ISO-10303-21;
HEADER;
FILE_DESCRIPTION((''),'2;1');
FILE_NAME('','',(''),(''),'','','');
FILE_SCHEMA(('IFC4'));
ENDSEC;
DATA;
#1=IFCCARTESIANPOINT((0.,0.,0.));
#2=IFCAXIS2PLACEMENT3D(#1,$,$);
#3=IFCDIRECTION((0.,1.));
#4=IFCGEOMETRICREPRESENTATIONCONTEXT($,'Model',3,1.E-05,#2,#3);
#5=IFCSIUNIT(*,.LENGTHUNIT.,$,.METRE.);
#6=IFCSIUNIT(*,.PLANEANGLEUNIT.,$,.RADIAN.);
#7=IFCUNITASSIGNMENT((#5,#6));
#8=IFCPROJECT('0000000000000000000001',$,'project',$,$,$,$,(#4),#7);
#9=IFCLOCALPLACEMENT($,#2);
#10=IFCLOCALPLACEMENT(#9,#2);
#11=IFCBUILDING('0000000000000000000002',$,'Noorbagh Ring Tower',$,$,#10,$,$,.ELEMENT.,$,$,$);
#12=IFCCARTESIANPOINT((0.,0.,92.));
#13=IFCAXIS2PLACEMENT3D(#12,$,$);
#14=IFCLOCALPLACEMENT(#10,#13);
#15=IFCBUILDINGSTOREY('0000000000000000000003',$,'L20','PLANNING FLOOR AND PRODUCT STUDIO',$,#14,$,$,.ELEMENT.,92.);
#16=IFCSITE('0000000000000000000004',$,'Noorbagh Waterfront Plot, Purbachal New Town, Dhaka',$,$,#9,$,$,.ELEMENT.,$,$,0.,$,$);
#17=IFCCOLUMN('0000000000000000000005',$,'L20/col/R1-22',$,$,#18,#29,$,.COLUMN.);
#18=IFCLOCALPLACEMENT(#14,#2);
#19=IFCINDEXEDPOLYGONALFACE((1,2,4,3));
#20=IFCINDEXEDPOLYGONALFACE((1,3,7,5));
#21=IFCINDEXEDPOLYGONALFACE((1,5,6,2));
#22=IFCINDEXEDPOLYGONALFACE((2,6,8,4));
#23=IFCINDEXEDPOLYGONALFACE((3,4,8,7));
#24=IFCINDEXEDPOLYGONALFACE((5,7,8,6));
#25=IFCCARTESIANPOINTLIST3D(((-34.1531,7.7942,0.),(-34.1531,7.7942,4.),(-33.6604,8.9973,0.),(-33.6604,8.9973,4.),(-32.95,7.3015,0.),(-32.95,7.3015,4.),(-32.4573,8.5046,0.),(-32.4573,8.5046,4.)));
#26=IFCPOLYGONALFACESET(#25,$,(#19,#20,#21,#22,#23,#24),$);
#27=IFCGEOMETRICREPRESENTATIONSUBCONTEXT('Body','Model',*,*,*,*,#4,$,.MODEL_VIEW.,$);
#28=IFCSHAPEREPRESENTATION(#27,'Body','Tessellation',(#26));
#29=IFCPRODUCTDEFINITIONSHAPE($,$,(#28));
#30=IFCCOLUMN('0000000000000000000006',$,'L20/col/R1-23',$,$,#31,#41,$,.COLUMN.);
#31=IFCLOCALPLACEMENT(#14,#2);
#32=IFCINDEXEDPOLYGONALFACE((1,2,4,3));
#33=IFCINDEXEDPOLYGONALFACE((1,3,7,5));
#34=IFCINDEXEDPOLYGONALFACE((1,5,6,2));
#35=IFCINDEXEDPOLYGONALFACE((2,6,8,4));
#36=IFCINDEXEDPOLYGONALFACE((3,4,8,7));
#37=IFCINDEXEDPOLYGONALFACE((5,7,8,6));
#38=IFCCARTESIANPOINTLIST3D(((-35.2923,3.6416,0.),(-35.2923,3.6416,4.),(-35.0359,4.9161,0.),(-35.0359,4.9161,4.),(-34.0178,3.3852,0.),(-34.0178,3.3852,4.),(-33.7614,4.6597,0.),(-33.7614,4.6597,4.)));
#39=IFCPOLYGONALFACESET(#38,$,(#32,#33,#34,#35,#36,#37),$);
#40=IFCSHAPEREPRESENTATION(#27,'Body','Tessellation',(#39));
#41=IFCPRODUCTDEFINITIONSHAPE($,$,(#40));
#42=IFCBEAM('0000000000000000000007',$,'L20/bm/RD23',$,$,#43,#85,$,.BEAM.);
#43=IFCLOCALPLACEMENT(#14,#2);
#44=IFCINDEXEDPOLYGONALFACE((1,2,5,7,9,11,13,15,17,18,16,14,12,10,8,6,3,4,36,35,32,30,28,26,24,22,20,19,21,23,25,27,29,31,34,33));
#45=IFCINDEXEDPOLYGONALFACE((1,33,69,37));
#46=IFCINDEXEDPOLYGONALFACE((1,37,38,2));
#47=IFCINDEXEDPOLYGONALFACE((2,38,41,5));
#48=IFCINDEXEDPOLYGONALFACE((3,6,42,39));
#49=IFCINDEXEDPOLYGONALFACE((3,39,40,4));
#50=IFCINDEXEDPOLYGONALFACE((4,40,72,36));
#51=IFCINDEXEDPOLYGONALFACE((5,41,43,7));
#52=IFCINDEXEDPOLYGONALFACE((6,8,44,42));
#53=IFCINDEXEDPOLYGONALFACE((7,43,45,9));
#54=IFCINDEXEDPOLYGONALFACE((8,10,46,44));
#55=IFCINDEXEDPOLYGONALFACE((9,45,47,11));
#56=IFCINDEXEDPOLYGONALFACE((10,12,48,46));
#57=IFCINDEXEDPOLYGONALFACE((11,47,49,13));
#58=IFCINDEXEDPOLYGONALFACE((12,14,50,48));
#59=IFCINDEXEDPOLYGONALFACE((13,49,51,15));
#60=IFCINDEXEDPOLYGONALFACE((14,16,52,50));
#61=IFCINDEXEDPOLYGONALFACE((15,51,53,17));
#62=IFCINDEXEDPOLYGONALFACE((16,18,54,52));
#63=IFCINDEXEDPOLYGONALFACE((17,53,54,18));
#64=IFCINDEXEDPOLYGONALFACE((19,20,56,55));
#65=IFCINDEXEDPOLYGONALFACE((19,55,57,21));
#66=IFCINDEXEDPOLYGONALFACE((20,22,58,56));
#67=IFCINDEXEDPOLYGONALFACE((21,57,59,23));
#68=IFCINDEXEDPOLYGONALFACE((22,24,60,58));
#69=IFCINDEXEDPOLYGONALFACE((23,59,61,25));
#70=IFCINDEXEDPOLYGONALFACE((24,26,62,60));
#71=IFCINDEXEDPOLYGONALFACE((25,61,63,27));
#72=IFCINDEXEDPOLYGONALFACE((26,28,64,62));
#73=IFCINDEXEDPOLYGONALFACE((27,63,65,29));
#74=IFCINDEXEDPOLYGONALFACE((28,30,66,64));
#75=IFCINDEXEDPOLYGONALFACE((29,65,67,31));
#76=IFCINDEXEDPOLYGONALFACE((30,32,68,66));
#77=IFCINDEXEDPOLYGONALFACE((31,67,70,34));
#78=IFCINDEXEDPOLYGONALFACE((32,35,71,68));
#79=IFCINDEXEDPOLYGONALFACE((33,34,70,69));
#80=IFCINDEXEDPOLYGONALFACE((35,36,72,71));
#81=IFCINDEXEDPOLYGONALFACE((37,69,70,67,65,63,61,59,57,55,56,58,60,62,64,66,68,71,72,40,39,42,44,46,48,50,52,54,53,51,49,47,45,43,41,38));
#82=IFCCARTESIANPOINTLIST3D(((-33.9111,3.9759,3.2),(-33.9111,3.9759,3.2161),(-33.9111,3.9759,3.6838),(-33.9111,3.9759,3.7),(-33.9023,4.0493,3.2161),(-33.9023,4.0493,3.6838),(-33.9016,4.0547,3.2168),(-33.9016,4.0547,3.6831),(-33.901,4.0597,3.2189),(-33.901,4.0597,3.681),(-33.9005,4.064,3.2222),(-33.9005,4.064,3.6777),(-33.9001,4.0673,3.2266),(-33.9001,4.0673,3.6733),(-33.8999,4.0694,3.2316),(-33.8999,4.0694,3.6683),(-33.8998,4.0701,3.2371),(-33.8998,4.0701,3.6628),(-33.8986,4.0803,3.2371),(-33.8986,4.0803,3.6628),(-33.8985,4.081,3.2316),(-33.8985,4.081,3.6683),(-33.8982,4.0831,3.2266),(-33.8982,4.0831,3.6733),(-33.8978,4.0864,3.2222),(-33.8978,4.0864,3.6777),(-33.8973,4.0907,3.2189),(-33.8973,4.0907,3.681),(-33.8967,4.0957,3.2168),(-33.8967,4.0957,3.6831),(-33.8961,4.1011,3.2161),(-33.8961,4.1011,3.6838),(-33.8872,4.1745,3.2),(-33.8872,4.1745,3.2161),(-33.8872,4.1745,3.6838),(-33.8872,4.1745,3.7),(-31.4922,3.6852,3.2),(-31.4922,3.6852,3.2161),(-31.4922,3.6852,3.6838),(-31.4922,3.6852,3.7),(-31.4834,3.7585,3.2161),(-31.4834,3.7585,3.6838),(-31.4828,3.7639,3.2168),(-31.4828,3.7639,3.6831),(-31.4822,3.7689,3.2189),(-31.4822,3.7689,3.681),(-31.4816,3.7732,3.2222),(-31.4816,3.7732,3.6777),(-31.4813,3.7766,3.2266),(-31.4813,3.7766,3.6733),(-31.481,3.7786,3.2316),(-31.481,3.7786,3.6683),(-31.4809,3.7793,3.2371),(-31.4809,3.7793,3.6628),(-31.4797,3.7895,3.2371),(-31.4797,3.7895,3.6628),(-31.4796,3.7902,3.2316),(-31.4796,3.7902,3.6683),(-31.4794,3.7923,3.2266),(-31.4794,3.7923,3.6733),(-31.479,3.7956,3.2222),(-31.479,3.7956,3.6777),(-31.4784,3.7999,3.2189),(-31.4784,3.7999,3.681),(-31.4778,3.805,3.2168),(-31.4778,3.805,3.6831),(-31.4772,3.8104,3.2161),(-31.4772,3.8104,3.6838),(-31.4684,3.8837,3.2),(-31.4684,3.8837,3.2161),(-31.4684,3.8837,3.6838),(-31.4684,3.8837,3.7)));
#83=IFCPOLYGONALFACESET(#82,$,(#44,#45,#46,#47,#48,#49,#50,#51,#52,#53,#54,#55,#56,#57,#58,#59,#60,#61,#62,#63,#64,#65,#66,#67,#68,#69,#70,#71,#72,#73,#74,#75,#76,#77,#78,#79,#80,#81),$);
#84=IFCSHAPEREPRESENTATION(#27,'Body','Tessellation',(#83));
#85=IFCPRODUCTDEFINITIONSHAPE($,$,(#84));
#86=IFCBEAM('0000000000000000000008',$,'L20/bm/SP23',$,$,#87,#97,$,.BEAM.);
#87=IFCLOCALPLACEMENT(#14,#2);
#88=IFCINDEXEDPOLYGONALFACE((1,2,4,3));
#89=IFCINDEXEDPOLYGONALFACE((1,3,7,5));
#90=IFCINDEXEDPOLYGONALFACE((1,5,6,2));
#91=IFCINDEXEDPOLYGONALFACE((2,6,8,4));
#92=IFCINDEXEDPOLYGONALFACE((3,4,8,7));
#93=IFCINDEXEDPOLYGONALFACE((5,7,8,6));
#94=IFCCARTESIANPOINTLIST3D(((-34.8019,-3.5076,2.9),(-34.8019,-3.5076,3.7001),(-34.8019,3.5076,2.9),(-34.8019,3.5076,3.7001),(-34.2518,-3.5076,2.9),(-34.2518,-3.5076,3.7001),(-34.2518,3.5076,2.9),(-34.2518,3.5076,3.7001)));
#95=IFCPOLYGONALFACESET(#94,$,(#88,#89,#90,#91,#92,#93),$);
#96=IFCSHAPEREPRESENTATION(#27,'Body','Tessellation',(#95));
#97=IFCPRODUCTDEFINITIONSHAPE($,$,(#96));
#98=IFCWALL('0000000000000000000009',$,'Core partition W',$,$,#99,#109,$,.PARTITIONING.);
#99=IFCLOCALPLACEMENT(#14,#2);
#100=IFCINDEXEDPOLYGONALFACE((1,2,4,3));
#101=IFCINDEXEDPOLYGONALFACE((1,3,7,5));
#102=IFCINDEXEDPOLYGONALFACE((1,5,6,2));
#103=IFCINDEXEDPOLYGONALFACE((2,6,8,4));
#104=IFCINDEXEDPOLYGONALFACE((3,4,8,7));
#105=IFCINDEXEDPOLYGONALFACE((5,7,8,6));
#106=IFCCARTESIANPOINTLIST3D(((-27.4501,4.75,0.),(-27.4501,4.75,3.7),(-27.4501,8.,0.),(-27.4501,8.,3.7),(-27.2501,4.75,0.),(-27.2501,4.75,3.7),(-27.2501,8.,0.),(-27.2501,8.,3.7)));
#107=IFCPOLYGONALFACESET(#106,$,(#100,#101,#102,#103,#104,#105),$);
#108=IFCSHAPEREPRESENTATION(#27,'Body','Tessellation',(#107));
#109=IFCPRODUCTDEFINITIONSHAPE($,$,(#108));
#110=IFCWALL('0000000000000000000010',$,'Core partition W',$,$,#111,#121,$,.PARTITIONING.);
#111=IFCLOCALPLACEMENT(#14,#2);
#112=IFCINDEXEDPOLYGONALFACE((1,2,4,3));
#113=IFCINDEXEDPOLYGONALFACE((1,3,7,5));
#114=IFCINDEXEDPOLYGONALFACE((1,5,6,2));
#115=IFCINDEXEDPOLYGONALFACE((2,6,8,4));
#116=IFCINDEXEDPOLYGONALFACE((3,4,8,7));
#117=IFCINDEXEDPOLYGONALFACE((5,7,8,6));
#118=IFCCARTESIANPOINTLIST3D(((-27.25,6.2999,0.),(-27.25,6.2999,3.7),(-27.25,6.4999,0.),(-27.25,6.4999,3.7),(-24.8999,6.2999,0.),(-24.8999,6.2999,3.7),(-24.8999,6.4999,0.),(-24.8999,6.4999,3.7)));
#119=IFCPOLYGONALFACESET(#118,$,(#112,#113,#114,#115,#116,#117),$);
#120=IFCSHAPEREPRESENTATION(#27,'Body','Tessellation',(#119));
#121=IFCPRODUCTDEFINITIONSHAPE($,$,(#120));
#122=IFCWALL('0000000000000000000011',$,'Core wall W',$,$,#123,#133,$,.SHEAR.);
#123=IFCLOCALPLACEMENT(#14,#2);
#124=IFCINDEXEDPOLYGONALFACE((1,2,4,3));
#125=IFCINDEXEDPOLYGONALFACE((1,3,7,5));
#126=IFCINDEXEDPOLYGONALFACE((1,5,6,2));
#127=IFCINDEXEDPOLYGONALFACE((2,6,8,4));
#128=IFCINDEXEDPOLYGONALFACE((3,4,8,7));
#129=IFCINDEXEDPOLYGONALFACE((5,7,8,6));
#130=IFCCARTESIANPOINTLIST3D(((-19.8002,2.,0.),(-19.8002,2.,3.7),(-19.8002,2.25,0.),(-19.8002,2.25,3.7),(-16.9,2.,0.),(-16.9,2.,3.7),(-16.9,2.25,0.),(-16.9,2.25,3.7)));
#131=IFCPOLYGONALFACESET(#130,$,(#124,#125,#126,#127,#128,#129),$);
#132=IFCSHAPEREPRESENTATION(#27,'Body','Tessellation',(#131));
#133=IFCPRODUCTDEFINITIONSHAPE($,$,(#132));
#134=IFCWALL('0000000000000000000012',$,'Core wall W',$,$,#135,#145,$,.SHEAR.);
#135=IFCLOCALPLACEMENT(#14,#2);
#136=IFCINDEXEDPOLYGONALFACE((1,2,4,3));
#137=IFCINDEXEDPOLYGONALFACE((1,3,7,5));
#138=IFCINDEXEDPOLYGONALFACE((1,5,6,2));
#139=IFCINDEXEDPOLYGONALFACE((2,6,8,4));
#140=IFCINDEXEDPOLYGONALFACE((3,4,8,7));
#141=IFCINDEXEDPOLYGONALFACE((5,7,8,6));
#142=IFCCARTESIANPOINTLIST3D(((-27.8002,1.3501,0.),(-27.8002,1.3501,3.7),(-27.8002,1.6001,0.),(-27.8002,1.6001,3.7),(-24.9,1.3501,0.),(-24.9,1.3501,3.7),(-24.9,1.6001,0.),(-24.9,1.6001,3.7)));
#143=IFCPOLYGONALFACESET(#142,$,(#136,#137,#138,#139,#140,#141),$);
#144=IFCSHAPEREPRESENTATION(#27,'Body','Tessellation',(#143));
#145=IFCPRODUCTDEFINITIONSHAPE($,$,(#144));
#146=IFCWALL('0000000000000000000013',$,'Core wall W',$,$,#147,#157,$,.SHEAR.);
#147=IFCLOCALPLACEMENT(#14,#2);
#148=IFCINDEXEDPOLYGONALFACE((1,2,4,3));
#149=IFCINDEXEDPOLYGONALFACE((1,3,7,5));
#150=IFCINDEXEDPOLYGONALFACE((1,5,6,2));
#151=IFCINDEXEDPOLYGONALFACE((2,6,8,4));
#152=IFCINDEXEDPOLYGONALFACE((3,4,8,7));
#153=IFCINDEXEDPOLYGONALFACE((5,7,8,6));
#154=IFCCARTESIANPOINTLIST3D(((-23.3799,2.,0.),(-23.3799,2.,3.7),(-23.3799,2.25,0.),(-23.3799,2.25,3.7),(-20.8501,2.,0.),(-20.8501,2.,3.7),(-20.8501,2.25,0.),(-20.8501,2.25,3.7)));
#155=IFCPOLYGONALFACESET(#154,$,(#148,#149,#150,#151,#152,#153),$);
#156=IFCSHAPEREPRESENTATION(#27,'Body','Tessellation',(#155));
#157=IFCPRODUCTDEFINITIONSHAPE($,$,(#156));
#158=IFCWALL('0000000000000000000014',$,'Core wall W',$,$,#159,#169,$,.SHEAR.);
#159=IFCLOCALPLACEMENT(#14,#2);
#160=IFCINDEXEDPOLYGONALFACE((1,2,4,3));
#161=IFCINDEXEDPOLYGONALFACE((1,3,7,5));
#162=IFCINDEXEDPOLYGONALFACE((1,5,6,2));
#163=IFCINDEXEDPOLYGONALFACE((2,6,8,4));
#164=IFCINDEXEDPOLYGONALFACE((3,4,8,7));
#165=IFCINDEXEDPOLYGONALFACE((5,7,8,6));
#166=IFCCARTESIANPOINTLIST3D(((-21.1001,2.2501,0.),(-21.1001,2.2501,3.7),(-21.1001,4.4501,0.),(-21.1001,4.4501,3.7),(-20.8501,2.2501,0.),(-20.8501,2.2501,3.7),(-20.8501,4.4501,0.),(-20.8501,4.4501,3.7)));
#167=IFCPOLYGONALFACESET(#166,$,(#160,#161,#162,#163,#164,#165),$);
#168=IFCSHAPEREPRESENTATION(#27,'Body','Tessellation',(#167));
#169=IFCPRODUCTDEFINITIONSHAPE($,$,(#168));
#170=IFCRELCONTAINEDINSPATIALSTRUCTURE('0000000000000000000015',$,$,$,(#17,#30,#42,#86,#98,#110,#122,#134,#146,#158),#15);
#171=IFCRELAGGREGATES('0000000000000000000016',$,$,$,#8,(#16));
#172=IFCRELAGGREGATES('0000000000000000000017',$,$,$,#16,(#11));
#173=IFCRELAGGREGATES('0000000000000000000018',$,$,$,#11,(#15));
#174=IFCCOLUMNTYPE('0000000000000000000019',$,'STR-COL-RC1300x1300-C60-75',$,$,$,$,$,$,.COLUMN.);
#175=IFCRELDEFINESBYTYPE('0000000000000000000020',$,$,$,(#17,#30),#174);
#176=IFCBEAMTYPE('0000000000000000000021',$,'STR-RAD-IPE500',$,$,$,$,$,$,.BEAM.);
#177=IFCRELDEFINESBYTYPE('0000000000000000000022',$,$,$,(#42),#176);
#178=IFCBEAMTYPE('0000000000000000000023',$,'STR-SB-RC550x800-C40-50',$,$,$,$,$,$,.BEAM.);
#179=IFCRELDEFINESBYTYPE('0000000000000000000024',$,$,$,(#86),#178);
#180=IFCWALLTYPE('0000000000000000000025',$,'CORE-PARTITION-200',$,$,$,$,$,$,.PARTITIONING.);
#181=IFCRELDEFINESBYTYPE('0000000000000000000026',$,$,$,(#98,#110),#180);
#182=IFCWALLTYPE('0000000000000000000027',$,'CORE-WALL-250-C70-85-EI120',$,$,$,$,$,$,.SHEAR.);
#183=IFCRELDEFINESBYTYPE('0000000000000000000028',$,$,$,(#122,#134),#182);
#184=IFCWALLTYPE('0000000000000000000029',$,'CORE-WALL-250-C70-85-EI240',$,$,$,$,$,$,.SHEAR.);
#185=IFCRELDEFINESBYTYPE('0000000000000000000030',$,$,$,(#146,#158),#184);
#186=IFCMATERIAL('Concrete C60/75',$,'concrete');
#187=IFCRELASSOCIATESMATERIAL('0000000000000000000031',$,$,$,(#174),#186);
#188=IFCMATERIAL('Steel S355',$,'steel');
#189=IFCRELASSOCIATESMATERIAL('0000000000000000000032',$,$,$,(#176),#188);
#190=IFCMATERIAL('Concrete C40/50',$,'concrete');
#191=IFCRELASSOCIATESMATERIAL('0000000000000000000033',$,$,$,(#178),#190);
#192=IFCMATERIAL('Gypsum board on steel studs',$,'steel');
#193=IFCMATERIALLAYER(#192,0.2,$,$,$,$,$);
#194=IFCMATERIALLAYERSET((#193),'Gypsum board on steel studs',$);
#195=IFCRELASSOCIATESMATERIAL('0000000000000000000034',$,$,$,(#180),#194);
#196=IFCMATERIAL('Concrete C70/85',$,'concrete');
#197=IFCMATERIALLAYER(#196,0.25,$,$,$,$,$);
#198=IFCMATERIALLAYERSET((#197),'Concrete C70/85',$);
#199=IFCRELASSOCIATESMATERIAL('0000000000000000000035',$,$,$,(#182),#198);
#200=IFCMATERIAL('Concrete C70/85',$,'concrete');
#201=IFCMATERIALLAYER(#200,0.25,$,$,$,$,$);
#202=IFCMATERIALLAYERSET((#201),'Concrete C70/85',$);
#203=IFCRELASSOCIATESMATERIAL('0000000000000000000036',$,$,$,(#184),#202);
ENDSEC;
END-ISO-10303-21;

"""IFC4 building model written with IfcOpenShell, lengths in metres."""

from ifc_helpers import new_model, si_unit, direction, frame, frame_2d, origin, origin_2d, place, context, subcontext, project, spatial, rectangle, i_section, extrude, material, layer, layer_set, material_profile, profile_set, type_object, element, save


model = new_model("IFC4")

# Units and contexts
model_context = context("Model", 3, precision=1e-05, world=origin(), true_north=direction((0.0, 1.0)))
body_context = subcontext(model_context, "Body", "Model", "MODEL_VIEW")
ifc_project = project(units=[si_unit("LENGTHUNIT", "METRE"), si_unit("PLANEANGLEUNIT", "RADIAN")], contexts=[model_context])

# Site, building, storey
site_placement = place(None, origin())
site = spatial("IfcSite", under=ifc_project, at=site_placement, Name="Noorbagh Waterfront Plot, Purbachal New Town, Dhaka", CompositionType="ELEMENT", RefElevation=0.0)
building_placement = place(site_placement, origin())
building = spatial("IfcBuilding", under=site, at=building_placement, Name="Noorbagh Ring Tower", CompositionType="ELEMENT")
storey_placement = place(building_placement, frame((0.0, 0.0, 92.0)))
storey = spatial("IfcBuildingStorey", under=building, at=storey_placement, Name="L20", Description="PLANNING FLOOR AND PRODUCT STUDIO", CompositionType="ELEMENT", Elevation=92.0)

# Columns
ifc_material_1 = material(Name="Concrete C60/75", Category="concrete")
ifc_material_profile_1 = material_profile(ifc_material_1, rectangle(XDim=1.3, YDim=1.3, at=origin_2d()), Name="RC1300x1300")
ifc_profile_set_1 = profile_set([ifc_material_profile_1], Name="Concrete C60/75")
column_type = type_object("IfcColumnType", Name="STR-COL-RC1300x1300-C60-75", PredefinedType="COLUMN", material=ifc_profile_set_1)
for number, where, z_axis, x_axis, name in (
    (1, (-33.3052, 8.1494, 0.0), (0.0, 0.0, 1.0), (-0.378989, -0.925401, 0.0), "L20/col/R1-22"),
    (2, (-34.5269, 4.1506, 0.0), (0.0, 0.0, 1.0), (-0.19723, -0.980357, 0.0), "L20/col/R1-23"),
):
    element("IfcColumn", number, at=place(storey_placement, frame(where, z_axis=z_axis, x_axis=x_axis)), inside=storey, type_object=column_type, Name=name, PredefinedType="COLUMN", context=body_context, shape_type="SweptSolid", body=[
        extrude(rectangle(XDim=1.3, YDim=1.3, at=origin_2d()), origin(), (0.0, 0.0, 1.0), 4.0),
    ])

# Beams
ifc_material_2 = material(Name="Steel S355", Category="steel")
ifc_material_profile_2 = material_profile(ifc_material_2, i_section(OverallWidth=0.2, OverallDepth=0.5, WebThickness=0.0103, FlangeThickness=0.0161, FilletRadius=0.021, at=origin_2d()), Name="IPE500")
ifc_profile_set_2 = profile_set([ifc_material_profile_2], Name="Steel S355")
beam_type_1 = type_object("IfcBeamType", Name="STR-RAD-IPE500", PredefinedType="BEAM", material=ifc_profile_set_2)
beam_1_placement = place(storey_placement, frame((-33.8992, 4.0752, 3.45), z_axis=(0.992853, -0.119347, 0.0), x_axis=(0.119347, 0.992853, 0.0)))
element("IfcBeam", 3, at=beam_1_placement, inside=storey, type_object=beam_type_1, Name="L20/bm/RD23", PredefinedType="BEAM", context=body_context, shape_type="SweptSolid", body=[
    extrude(i_section(OverallWidth=0.2, OverallDepth=0.5, WebThickness=0.0103, FlangeThickness=0.0161, FilletRadius=0.021, at=origin_2d()), origin(), (0.0, 0.0, 1.0), 2.4363),
])
ifc_material_3 = material(Name="Concrete C40/50", Category="concrete")
ifc_material_profile_3 = material_profile(ifc_material_3, rectangle(XDim=0.55, YDim=0.8, at=origin_2d()), Name="RC550x800")
ifc_profile_set_3 = profile_set([ifc_material_profile_3], Name="Concrete C40/50")
beam_type_2 = type_object("IfcBeamType", Name="STR-SB-RC550x800-C40-50", PredefinedType="BEAM", material=ifc_profile_set_3)
beam_2_placement = place(storey_placement, frame((-34.5269, 3.5076, 3.3), z_axis=(0.0, -1.0, 0.0), x_axis=(1.0, 0.0, 0.0)))
element("IfcBeam", 4, at=beam_2_placement, inside=storey, type_object=beam_type_2, Name="L20/bm/SP23", PredefinedType="BEAM", context=body_context, shape_type="SweptSolid", body=[
    extrude(rectangle(XDim=0.55, YDim=0.8, at=origin_2d()), origin(), (0.0, 0.0, 1.0), 7.0151),
])

# Walls
ifc_material_4 = material(Name="Gypsum board on steel studs", Category="steel")
ifc_layer_1 = layer(ifc_material_4, 0.2)
ifc_layer_set_1 = layer_set([ifc_layer_1], Name="Gypsum board on steel studs")
wall_type_1 = type_object("IfcWallType", Name="CORE-PARTITION-200", PredefinedType="PARTITIONING", material=ifc_layer_set_1)
wall_1_placement = place(storey_placement, frame((-27.3501, 4.75, 0.0), z_axis=(0.0, 0.0, 1.0), x_axis=(0.0, 1.0, 0.0)))
element("IfcWall", 5, at=wall_1_placement, inside=storey, type_object=wall_type_1, Name="Core partition W", PredefinedType="PARTITIONING", context=body_context, shape_type="SweptSolid", body=[
    extrude(rectangle(XDim=3.25, YDim=0.2, at=frame_2d((1.625, 0.0))), origin(), (0.0, 0.0, 1.0), 3.7),
])
wall_2_placement = place(storey_placement, frame((-24.8999, 6.3999, 0.0), z_axis=(0.0, 0.0, 1.0), x_axis=(-1.0, 0.0, 0.0)))
element("IfcWall", 6, at=wall_2_placement, inside=storey, type_object=wall_type_1, Name="Core partition W", PredefinedType="PARTITIONING", context=body_context, shape_type="SweptSolid", body=[
    extrude(rectangle(XDim=2.3501, YDim=0.2, at=frame_2d((1.175, 0.0))), origin(), (0.0, 0.0, 1.0), 3.7),
])
ifc_material_5 = material(Name="Concrete C70/85", Category="concrete")
ifc_layer_2 = layer(ifc_material_5, 0.25)
ifc_layer_set_2 = layer_set([ifc_layer_2], Name="Concrete C70/85")
wall_type_2 = type_object("IfcWallType", Name="CORE-WALL-250-C70-85-EI120", PredefinedType="SHEAR", material=ifc_layer_set_2)
for number, where, z_axis, x_axis, name in (
    (7, (-16.8999, 2.125, 0.0), (0.0, 0.0, 1.0), (-1.0, 0.0, 0.0), "Core wall W"),
    (8, (-24.8999, 1.4751, 0.0), (0.0, 0.0, 1.0), (-1.0, 0.0, 0.0), "Core wall W"),
):
    element("IfcWall", number, at=place(storey_placement, frame(where, z_axis=z_axis, x_axis=x_axis)), inside=storey, type_object=wall_type_2, Name=name, PredefinedType="SHEAR", context=body_context, shape_type="SweptSolid", body=[
        extrude(rectangle(XDim=2.9001, YDim=0.25, at=frame_2d((1.4502, 0.0))), origin(), (0.0, 0.0, 1.0), 3.7),
    ])
ifc_material_6 = material(Name="Concrete C70/85", Category="concrete")
ifc_layer_3 = layer(ifc_material_6, 0.25)
ifc_layer_set_3 = layer_set([ifc_layer_3], Name="Concrete C70/85")
wall_type_3 = type_object("IfcWallType", Name="CORE-WALL-250-C70-85-EI240", PredefinedType="SHEAR", material=ifc_layer_set_3)
wall_3_placement = place(storey_placement, frame((-20.8501, 2.125, 0.0), z_axis=(0.0, 0.0, 1.0), x_axis=(-1.0, 0.0, 0.0)))
element("IfcWall", 9, at=wall_3_placement, inside=storey, type_object=wall_type_3, Name="Core wall W", PredefinedType="SHEAR", context=body_context, shape_type="SweptSolid", body=[
    extrude(rectangle(XDim=2.5298, YDim=0.25, at=frame_2d((1.2649, 0.0))), origin(), (0.0, 0.0, 1.0), 3.7),
])
wall_4_placement = place(storey_placement, frame((-20.9751, 2.25, 0.0), z_axis=(0.0, 0.0, 1.0), x_axis=(0.0, 1.0, 0.0)))
element("IfcWall", 10, at=wall_4_placement, inside=storey, type_object=wall_type_3, Name="Core wall W", PredefinedType="SHEAR", context=body_context, shape_type="SweptSolid", body=[
    extrude(rectangle(XDim=2.2, YDim=0.25, at=frame_2d((1.1001, 0.0))), origin(), (0.0, 0.0, 1.0), 3.7),
])

save(model, "model.ifc")
